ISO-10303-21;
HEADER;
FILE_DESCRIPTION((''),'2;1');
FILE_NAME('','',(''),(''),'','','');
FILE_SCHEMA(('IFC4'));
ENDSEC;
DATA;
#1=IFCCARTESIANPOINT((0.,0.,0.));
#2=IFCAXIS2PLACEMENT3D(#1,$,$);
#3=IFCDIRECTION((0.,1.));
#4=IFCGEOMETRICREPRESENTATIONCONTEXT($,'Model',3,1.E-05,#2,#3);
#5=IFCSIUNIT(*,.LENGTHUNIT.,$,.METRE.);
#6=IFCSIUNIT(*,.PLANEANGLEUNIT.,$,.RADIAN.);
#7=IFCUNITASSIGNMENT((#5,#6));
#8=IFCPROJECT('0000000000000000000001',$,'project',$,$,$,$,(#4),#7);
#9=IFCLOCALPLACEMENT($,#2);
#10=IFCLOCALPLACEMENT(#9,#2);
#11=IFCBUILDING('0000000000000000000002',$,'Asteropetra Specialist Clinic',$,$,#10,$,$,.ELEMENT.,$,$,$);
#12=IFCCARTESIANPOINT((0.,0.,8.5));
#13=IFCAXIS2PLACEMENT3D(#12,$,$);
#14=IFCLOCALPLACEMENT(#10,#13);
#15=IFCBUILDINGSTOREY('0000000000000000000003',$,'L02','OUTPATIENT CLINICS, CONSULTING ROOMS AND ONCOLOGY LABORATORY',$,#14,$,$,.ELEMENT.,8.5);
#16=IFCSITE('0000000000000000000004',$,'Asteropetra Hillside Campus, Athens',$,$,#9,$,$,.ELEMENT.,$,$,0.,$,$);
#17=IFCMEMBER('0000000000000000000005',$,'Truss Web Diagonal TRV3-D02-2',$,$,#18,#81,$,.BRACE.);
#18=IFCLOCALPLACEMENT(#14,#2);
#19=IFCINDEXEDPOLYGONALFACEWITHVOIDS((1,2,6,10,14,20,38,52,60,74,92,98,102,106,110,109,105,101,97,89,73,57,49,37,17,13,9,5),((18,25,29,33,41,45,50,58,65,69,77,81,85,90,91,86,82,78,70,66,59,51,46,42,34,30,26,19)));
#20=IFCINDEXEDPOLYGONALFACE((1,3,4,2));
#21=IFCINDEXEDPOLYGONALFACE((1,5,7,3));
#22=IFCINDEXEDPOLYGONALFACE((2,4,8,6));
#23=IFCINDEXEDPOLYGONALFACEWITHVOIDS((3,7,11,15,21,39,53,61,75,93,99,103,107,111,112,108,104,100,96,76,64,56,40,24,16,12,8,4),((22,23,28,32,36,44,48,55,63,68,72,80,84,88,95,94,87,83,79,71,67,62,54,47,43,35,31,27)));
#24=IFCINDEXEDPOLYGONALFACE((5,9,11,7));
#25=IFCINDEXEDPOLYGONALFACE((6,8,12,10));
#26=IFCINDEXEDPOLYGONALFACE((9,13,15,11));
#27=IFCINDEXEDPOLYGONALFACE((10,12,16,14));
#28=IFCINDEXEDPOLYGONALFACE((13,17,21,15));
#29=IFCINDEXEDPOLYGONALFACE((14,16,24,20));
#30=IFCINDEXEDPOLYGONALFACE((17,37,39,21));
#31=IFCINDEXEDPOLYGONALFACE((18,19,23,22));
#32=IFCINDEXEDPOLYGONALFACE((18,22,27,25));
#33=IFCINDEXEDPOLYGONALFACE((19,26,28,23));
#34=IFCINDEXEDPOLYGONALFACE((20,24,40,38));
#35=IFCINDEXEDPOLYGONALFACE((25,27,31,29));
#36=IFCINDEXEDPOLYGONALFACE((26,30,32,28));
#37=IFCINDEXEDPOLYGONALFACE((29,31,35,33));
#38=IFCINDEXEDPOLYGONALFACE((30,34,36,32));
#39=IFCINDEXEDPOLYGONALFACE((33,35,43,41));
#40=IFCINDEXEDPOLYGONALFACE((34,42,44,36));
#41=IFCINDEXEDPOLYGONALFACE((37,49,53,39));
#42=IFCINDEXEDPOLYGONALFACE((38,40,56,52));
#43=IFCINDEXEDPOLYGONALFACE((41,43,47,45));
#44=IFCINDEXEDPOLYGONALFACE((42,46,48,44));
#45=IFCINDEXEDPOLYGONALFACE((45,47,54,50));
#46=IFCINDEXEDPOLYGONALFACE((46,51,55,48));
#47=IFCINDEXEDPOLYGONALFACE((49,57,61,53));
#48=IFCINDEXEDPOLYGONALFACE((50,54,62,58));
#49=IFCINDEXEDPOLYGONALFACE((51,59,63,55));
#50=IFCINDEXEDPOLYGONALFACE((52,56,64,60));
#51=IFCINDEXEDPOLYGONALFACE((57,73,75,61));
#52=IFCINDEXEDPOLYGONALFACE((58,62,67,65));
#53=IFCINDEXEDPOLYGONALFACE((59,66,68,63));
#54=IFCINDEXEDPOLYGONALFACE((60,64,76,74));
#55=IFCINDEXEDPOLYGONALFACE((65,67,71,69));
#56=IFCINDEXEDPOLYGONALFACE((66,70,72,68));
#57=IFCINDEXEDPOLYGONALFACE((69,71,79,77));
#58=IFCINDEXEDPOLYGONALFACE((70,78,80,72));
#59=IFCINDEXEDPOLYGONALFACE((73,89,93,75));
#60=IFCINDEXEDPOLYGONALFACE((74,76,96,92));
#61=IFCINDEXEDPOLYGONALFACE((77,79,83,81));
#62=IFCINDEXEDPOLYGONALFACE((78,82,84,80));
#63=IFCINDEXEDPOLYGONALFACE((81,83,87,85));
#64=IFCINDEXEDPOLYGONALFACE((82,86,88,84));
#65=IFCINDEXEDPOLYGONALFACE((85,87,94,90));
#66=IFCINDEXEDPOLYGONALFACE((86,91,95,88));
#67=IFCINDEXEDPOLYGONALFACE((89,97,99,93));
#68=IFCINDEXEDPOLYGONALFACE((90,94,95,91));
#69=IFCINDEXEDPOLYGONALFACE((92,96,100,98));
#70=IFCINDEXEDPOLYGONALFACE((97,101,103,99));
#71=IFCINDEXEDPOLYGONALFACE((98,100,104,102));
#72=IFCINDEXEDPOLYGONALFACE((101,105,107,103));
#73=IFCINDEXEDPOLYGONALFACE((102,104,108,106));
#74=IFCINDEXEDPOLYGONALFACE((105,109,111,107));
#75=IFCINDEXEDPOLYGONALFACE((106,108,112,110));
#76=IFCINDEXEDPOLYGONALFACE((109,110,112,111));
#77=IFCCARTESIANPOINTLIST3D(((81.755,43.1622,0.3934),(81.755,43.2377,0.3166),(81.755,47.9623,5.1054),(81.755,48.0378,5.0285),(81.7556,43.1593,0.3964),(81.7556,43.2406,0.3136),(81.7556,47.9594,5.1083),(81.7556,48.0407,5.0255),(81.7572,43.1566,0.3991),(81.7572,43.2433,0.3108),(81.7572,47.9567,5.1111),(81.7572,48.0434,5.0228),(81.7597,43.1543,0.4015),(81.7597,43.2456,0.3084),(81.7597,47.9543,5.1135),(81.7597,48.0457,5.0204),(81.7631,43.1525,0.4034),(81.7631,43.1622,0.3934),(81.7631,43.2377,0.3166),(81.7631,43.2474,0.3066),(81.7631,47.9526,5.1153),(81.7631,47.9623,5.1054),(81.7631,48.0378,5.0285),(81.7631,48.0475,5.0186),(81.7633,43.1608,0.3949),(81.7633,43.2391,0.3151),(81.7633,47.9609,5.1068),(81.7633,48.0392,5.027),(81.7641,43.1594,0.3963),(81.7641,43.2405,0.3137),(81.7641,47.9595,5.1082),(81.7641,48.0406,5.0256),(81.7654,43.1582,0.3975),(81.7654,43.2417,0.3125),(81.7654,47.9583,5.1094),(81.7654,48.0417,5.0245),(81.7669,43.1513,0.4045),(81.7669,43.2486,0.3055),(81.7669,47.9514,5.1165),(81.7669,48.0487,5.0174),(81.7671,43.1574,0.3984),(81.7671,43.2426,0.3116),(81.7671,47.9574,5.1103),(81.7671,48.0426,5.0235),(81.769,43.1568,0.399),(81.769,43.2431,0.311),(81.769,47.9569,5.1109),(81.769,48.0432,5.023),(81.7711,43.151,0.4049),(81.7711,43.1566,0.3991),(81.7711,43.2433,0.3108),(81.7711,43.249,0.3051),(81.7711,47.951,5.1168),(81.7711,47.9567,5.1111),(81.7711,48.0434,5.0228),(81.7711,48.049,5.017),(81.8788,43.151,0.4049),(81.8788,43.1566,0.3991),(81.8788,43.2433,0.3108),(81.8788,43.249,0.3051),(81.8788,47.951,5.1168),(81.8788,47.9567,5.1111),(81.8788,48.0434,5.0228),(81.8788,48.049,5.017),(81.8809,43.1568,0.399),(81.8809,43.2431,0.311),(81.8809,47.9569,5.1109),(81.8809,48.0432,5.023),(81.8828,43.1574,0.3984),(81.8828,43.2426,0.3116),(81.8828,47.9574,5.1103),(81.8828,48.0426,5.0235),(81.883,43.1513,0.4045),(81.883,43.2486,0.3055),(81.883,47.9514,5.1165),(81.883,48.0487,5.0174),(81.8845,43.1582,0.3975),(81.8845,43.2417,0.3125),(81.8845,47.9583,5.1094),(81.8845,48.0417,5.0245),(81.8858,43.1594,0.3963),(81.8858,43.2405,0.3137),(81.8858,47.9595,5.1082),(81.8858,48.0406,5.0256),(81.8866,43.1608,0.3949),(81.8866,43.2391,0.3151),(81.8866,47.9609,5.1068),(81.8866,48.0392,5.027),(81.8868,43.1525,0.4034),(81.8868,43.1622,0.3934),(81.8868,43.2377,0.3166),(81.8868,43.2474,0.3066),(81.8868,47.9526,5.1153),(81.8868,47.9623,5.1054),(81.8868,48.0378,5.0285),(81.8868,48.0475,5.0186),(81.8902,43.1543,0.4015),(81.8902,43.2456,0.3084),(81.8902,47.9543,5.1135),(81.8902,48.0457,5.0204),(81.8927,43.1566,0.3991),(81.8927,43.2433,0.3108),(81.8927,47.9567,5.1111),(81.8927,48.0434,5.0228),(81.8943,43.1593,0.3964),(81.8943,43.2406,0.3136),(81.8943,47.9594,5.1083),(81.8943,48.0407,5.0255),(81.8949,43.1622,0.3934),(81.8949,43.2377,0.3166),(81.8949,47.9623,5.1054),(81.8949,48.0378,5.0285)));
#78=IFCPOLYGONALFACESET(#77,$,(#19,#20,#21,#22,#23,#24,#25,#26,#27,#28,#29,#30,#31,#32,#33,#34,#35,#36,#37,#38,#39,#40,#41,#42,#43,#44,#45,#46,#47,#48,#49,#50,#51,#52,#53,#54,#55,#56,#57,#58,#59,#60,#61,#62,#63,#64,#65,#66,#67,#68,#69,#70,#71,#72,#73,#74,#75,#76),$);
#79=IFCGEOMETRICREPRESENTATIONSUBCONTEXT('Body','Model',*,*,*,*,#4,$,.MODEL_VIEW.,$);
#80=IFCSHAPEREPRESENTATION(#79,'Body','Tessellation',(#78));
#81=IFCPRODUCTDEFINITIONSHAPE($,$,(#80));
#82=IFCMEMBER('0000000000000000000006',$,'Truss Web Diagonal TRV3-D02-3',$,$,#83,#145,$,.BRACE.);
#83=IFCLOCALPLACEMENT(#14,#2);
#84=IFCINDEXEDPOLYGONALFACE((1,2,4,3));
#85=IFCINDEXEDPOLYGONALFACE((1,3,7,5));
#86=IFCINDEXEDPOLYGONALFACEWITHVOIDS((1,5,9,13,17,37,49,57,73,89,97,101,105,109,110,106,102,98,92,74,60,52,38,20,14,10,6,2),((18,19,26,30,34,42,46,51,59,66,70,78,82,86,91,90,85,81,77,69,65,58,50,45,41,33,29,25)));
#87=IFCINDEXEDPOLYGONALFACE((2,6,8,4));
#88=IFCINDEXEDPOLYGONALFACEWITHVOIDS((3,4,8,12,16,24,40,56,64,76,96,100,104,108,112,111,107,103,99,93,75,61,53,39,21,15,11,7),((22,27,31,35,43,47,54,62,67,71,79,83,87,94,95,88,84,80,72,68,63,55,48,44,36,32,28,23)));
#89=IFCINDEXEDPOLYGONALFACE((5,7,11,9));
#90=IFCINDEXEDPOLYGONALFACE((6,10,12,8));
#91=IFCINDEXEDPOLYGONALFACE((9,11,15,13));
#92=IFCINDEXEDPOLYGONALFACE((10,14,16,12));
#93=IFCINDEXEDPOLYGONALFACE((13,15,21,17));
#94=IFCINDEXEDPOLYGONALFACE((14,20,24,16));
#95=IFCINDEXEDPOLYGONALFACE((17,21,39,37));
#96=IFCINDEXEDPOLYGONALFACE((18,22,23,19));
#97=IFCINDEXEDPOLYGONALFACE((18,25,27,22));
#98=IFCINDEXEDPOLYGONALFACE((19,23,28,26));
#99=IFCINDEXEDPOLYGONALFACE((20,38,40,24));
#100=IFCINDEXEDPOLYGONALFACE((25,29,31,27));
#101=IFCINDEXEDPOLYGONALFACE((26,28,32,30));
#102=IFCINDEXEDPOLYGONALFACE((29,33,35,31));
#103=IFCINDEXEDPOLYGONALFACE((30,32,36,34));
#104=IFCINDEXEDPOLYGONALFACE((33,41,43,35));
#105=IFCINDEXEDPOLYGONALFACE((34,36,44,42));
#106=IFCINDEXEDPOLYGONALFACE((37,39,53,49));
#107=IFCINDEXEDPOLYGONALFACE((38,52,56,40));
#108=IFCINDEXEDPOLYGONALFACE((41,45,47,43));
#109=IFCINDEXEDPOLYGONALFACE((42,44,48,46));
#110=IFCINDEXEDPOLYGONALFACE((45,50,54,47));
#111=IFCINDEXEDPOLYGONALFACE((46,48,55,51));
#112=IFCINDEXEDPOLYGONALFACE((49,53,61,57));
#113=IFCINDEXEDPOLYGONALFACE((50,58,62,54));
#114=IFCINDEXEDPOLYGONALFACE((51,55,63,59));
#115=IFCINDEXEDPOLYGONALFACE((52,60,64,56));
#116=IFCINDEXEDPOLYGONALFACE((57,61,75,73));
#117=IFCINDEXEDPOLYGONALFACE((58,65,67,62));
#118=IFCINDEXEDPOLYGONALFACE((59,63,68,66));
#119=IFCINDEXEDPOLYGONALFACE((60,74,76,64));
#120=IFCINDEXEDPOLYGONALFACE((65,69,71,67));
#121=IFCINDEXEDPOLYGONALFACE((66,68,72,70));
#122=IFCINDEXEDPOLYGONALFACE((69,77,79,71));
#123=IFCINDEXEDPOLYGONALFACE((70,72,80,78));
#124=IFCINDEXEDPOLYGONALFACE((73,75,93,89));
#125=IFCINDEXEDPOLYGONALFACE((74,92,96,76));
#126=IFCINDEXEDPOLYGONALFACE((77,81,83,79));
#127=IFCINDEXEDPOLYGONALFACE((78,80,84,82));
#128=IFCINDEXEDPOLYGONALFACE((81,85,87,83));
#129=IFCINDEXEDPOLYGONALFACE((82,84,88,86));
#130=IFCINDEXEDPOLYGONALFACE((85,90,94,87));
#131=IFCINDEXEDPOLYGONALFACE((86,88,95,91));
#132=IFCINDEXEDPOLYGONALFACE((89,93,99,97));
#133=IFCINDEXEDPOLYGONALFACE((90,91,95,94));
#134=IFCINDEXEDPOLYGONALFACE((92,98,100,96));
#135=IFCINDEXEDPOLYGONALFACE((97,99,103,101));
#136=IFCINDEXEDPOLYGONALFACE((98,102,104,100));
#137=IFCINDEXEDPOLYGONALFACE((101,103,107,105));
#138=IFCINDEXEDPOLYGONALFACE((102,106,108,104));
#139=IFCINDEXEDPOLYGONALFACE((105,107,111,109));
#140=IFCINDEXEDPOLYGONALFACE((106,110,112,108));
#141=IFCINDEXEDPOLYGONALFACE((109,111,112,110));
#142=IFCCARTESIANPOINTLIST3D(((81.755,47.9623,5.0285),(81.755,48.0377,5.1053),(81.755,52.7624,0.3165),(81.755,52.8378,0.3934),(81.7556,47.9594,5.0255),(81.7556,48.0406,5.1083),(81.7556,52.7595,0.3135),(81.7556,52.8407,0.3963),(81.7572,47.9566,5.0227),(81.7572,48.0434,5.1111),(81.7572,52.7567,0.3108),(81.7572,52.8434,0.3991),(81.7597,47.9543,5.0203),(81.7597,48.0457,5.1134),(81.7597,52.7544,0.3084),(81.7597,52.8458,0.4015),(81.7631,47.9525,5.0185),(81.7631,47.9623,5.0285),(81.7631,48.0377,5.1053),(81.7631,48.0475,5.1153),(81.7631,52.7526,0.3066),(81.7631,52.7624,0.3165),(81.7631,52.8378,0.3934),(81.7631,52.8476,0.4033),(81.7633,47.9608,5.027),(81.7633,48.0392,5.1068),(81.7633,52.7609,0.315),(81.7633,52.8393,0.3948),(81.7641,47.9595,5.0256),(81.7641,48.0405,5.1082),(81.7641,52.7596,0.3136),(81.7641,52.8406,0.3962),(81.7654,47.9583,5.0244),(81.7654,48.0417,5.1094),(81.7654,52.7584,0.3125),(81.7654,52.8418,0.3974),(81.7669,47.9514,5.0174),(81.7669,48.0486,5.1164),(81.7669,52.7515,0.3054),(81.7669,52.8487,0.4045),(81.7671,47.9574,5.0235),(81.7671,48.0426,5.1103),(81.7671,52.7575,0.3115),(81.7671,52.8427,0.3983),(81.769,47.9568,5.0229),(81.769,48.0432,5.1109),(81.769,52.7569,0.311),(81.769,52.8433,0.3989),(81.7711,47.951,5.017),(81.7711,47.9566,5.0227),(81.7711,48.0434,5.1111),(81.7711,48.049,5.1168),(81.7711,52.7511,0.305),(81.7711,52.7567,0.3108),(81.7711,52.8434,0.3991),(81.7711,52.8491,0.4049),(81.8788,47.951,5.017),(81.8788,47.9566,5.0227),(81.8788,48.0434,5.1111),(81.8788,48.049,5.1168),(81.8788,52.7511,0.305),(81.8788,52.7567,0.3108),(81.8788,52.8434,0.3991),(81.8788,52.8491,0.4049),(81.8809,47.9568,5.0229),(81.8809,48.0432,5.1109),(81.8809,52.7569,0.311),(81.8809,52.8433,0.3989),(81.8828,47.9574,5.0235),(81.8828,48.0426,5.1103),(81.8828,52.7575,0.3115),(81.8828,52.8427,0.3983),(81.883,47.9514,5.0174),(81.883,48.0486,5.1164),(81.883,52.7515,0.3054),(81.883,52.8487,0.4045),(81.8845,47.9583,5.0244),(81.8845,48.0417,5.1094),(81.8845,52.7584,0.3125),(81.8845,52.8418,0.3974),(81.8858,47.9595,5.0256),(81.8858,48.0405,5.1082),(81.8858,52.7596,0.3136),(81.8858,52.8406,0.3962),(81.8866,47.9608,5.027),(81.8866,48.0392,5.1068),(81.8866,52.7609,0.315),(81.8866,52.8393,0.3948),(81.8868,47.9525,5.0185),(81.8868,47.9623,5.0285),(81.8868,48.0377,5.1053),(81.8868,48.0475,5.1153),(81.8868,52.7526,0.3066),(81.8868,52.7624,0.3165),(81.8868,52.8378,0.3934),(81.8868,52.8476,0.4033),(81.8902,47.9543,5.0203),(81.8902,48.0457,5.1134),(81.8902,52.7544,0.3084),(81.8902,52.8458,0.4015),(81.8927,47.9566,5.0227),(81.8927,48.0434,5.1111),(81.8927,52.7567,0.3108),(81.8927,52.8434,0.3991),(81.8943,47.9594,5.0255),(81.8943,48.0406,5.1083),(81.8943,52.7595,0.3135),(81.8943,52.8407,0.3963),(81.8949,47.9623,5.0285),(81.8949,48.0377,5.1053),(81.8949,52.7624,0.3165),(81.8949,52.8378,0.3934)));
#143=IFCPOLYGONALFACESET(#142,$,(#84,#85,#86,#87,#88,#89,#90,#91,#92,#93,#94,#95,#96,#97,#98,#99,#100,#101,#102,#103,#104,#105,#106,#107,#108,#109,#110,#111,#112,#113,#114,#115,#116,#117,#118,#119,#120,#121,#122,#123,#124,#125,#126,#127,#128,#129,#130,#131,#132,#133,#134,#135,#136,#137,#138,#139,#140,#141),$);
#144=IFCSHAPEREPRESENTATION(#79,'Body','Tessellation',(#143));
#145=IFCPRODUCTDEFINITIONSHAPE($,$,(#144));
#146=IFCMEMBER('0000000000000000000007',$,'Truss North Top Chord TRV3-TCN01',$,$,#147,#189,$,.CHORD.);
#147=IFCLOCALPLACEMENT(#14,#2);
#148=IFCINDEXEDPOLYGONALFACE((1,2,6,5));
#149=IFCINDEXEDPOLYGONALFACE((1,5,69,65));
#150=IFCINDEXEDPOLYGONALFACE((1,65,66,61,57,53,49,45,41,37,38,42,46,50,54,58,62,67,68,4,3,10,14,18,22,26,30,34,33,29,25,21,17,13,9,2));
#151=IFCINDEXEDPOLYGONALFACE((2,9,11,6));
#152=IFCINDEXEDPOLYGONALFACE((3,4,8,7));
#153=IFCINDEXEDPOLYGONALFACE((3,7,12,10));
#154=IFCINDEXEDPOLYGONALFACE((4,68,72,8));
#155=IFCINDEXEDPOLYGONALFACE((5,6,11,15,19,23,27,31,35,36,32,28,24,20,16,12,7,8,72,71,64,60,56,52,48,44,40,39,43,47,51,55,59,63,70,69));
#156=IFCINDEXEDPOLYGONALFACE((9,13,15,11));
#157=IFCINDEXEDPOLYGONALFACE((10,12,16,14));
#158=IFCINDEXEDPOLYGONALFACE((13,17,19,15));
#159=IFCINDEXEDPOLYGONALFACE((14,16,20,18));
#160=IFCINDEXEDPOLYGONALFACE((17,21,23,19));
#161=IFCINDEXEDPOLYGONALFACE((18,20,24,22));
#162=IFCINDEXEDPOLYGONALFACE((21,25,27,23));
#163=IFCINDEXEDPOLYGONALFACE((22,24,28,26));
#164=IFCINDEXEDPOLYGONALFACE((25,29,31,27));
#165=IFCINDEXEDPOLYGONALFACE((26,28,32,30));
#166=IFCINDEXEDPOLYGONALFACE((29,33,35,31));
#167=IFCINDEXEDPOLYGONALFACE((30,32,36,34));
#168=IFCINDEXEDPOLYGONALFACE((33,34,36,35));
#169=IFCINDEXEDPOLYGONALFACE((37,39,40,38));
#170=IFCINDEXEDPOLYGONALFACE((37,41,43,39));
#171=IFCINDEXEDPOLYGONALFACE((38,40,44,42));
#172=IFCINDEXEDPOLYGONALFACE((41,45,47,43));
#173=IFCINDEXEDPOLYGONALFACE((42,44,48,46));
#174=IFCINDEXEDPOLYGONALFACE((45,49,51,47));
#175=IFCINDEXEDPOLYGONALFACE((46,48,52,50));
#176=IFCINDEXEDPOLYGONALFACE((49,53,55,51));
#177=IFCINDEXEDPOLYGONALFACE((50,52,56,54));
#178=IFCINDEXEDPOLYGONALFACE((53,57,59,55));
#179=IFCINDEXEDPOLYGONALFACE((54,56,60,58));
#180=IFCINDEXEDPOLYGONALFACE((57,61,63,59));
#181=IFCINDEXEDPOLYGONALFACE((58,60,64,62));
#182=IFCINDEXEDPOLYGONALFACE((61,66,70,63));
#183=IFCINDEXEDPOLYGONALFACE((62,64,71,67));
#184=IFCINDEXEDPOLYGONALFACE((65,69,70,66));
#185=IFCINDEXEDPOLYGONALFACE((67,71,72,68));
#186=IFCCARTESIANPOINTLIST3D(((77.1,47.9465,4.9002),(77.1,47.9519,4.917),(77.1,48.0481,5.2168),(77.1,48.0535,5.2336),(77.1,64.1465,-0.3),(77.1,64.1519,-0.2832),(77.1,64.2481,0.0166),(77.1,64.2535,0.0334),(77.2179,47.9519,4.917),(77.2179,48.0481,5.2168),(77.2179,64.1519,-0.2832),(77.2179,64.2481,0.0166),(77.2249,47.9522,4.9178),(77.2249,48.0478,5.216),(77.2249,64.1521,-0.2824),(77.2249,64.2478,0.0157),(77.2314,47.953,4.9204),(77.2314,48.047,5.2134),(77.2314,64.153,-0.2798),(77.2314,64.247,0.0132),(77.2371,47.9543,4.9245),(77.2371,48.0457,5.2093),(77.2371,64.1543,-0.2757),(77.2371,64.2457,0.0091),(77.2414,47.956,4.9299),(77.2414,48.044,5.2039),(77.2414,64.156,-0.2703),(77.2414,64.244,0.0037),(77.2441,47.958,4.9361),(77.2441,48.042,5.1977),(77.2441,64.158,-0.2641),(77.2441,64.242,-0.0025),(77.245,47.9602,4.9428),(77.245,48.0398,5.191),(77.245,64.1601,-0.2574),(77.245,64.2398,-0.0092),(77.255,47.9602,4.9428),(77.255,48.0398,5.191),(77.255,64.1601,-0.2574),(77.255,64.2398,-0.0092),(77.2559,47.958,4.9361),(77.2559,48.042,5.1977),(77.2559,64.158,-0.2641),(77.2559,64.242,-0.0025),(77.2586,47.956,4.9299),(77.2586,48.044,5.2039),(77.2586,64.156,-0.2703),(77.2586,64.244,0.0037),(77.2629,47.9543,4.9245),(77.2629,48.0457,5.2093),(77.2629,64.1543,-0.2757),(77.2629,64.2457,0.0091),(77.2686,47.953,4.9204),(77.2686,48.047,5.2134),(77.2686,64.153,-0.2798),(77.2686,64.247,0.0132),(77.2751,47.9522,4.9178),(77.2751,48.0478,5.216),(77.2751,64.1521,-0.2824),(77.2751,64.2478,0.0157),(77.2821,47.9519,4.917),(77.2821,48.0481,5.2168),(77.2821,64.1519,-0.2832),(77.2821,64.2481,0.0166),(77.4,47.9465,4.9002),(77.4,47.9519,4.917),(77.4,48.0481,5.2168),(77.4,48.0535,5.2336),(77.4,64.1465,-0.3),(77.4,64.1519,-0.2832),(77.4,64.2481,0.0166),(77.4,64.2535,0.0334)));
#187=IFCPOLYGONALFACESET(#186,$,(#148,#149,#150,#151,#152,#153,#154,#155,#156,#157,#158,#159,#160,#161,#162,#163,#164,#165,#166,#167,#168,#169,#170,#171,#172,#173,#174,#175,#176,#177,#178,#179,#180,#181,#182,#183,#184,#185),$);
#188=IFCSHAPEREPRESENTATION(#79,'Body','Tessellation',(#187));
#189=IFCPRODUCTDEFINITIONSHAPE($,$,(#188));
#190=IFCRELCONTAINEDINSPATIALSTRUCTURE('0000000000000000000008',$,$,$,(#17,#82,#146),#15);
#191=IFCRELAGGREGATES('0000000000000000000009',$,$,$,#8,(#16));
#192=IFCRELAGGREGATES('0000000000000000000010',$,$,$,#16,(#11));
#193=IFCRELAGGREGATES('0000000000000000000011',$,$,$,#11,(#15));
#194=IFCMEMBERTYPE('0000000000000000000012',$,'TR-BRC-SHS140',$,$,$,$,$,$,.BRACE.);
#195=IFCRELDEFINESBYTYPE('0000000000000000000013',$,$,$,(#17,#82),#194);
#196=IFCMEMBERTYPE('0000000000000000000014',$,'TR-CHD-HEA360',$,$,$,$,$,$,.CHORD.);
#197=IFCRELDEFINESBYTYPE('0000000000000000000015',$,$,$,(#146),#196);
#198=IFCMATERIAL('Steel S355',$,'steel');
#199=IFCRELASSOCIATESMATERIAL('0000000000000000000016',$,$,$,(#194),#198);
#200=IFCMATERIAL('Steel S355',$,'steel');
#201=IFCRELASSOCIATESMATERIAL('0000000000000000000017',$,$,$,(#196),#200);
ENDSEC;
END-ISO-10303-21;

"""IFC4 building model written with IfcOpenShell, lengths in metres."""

from ifc_helpers import new_model, si_unit, direction, frame, origin, origin_2d, place, context, subcontext, project, spatial, hollow_rectangle, i_section, extrude, material, material_profile, profile_set, type_object, element, save


model = new_model("IFC4")

# Units and contexts
model_context = context("Model", 3, precision=1e-05, world=origin(), true_north=direction((0.0, 1.0)))
body_context = subcontext(model_context, "Body", "Model", "MODEL_VIEW")
ifc_project = project(units=[si_unit("LENGTHUNIT", "METRE"), si_unit("PLANEANGLEUNIT", "RADIAN")], contexts=[model_context])

# Site, building, storey
site_placement = place(None, origin())
site = spatial("IfcSite", under=ifc_project, at=site_placement, Name="Asteropetra Hillside Campus, Athens", CompositionType="ELEMENT", RefElevation=0.0)
building_placement = place(site_placement, origin())
building = spatial("IfcBuilding", under=site, at=building_placement, Name="Asteropetra Specialist Clinic", CompositionType="ELEMENT")
storey_placement = place(building_placement, frame((0.0, 0.0, 8.5)))
storey = spatial("IfcBuildingStorey", under=building, at=storey_placement, Name="L02", Description="OUTPATIENT CLINICS, CONSULTING ROOMS AND ONCOLOGY LABORATORY", CompositionType="ELEMENT", Elevation=8.5)

# Members
ifc_material_1 = material(Name="Steel S355", Category="steel")
ifc_material_profile_1 = material_profile(ifc_material_1, hollow_rectangle(XDim=0.1399, YDim=0.1399, WallThickness=0.0081, InnerFilletRadius=0.0081, OuterFilletRadius=0.0161, at=origin_2d()), Name="SHS 140x140x8.0")
ifc_profile_set_1 = profile_set([ifc_material_profile_1], Name="Steel S355")
member_type_1 = type_object("IfcMemberType", Name="TR-BRC-SHS140", PredefinedType="BRACE", material=ifc_profile_set_1)
for number, where, z_axis, x_axis, name in (
    (1, (81.825, 43.2, 0.355), (0.0, 0.713628, 0.700525), (-1.0, 0.0, 0.0), "Truss Web Diagonal TRV3-D02-2"),
    (2, (81.825, 48.0, 5.0669), (0.0, 0.713628, -0.700525), (-1.0, 0.0, 0.0), "Truss Web Diagonal TRV3-D02-3"),
):
    element("IfcMember", number, at=place(storey_placement, frame(where, z_axis=z_axis, x_axis=x_axis)), inside=storey, type_object=member_type_1, Name=name, PredefinedType="BRACE", context=body_context, shape_type="SweptSolid", body=[
        extrude(hollow_rectangle(XDim=0.1399, YDim=0.1399, WallThickness=0.0081, InnerFilletRadius=0.0081, OuterFilletRadius=0.0161, at=origin_2d()), origin(), (0.0, 0.0, 1.0), 6.7263),
    ])
ifc_material_2 = material(Name="Steel S355", Category="steel")
ifc_material_profile_2 = material_profile(ifc_material_2, i_section(OverallWidth=0.3, OverallDepth=0.3501, WebThickness=0.01, FlangeThickness=0.0176, FilletRadius=0.0271, at=origin_2d()), Name="HEA 360")
ifc_profile_set_2 = profile_set([ifc_material_profile_2], Name="Steel S355")
member_type_2 = type_object("IfcMemberType", Name="TR-CHD-HEA360", PredefinedType="CHORD", material=ifc_profile_set_2)
for number, where, z_axis, x_axis, name in (
    (3, (77.25, 48.0, 5.0669), (0.0, 0.952147, -0.30564), (-1.0, 0.0, 0.0), "Truss North Top Chord TRV3-TCN01"),
):
    element("IfcMember", number, at=place(storey_placement, frame(where, z_axis=z_axis, x_axis=x_axis)), inside=storey, type_object=member_type_2, Name=name, PredefinedType="CHORD", context=body_context, shape_type="SweptSolid", body=[
        extrude(i_section(OverallWidth=0.3, OverallDepth=0.3501, WebThickness=0.01, FlangeThickness=0.0176, FilletRadius=0.0271, at=origin_2d()), origin(), (0.0, 0.0, 1.0), 17.0142),
    ])

save(model, "model.ifc")
